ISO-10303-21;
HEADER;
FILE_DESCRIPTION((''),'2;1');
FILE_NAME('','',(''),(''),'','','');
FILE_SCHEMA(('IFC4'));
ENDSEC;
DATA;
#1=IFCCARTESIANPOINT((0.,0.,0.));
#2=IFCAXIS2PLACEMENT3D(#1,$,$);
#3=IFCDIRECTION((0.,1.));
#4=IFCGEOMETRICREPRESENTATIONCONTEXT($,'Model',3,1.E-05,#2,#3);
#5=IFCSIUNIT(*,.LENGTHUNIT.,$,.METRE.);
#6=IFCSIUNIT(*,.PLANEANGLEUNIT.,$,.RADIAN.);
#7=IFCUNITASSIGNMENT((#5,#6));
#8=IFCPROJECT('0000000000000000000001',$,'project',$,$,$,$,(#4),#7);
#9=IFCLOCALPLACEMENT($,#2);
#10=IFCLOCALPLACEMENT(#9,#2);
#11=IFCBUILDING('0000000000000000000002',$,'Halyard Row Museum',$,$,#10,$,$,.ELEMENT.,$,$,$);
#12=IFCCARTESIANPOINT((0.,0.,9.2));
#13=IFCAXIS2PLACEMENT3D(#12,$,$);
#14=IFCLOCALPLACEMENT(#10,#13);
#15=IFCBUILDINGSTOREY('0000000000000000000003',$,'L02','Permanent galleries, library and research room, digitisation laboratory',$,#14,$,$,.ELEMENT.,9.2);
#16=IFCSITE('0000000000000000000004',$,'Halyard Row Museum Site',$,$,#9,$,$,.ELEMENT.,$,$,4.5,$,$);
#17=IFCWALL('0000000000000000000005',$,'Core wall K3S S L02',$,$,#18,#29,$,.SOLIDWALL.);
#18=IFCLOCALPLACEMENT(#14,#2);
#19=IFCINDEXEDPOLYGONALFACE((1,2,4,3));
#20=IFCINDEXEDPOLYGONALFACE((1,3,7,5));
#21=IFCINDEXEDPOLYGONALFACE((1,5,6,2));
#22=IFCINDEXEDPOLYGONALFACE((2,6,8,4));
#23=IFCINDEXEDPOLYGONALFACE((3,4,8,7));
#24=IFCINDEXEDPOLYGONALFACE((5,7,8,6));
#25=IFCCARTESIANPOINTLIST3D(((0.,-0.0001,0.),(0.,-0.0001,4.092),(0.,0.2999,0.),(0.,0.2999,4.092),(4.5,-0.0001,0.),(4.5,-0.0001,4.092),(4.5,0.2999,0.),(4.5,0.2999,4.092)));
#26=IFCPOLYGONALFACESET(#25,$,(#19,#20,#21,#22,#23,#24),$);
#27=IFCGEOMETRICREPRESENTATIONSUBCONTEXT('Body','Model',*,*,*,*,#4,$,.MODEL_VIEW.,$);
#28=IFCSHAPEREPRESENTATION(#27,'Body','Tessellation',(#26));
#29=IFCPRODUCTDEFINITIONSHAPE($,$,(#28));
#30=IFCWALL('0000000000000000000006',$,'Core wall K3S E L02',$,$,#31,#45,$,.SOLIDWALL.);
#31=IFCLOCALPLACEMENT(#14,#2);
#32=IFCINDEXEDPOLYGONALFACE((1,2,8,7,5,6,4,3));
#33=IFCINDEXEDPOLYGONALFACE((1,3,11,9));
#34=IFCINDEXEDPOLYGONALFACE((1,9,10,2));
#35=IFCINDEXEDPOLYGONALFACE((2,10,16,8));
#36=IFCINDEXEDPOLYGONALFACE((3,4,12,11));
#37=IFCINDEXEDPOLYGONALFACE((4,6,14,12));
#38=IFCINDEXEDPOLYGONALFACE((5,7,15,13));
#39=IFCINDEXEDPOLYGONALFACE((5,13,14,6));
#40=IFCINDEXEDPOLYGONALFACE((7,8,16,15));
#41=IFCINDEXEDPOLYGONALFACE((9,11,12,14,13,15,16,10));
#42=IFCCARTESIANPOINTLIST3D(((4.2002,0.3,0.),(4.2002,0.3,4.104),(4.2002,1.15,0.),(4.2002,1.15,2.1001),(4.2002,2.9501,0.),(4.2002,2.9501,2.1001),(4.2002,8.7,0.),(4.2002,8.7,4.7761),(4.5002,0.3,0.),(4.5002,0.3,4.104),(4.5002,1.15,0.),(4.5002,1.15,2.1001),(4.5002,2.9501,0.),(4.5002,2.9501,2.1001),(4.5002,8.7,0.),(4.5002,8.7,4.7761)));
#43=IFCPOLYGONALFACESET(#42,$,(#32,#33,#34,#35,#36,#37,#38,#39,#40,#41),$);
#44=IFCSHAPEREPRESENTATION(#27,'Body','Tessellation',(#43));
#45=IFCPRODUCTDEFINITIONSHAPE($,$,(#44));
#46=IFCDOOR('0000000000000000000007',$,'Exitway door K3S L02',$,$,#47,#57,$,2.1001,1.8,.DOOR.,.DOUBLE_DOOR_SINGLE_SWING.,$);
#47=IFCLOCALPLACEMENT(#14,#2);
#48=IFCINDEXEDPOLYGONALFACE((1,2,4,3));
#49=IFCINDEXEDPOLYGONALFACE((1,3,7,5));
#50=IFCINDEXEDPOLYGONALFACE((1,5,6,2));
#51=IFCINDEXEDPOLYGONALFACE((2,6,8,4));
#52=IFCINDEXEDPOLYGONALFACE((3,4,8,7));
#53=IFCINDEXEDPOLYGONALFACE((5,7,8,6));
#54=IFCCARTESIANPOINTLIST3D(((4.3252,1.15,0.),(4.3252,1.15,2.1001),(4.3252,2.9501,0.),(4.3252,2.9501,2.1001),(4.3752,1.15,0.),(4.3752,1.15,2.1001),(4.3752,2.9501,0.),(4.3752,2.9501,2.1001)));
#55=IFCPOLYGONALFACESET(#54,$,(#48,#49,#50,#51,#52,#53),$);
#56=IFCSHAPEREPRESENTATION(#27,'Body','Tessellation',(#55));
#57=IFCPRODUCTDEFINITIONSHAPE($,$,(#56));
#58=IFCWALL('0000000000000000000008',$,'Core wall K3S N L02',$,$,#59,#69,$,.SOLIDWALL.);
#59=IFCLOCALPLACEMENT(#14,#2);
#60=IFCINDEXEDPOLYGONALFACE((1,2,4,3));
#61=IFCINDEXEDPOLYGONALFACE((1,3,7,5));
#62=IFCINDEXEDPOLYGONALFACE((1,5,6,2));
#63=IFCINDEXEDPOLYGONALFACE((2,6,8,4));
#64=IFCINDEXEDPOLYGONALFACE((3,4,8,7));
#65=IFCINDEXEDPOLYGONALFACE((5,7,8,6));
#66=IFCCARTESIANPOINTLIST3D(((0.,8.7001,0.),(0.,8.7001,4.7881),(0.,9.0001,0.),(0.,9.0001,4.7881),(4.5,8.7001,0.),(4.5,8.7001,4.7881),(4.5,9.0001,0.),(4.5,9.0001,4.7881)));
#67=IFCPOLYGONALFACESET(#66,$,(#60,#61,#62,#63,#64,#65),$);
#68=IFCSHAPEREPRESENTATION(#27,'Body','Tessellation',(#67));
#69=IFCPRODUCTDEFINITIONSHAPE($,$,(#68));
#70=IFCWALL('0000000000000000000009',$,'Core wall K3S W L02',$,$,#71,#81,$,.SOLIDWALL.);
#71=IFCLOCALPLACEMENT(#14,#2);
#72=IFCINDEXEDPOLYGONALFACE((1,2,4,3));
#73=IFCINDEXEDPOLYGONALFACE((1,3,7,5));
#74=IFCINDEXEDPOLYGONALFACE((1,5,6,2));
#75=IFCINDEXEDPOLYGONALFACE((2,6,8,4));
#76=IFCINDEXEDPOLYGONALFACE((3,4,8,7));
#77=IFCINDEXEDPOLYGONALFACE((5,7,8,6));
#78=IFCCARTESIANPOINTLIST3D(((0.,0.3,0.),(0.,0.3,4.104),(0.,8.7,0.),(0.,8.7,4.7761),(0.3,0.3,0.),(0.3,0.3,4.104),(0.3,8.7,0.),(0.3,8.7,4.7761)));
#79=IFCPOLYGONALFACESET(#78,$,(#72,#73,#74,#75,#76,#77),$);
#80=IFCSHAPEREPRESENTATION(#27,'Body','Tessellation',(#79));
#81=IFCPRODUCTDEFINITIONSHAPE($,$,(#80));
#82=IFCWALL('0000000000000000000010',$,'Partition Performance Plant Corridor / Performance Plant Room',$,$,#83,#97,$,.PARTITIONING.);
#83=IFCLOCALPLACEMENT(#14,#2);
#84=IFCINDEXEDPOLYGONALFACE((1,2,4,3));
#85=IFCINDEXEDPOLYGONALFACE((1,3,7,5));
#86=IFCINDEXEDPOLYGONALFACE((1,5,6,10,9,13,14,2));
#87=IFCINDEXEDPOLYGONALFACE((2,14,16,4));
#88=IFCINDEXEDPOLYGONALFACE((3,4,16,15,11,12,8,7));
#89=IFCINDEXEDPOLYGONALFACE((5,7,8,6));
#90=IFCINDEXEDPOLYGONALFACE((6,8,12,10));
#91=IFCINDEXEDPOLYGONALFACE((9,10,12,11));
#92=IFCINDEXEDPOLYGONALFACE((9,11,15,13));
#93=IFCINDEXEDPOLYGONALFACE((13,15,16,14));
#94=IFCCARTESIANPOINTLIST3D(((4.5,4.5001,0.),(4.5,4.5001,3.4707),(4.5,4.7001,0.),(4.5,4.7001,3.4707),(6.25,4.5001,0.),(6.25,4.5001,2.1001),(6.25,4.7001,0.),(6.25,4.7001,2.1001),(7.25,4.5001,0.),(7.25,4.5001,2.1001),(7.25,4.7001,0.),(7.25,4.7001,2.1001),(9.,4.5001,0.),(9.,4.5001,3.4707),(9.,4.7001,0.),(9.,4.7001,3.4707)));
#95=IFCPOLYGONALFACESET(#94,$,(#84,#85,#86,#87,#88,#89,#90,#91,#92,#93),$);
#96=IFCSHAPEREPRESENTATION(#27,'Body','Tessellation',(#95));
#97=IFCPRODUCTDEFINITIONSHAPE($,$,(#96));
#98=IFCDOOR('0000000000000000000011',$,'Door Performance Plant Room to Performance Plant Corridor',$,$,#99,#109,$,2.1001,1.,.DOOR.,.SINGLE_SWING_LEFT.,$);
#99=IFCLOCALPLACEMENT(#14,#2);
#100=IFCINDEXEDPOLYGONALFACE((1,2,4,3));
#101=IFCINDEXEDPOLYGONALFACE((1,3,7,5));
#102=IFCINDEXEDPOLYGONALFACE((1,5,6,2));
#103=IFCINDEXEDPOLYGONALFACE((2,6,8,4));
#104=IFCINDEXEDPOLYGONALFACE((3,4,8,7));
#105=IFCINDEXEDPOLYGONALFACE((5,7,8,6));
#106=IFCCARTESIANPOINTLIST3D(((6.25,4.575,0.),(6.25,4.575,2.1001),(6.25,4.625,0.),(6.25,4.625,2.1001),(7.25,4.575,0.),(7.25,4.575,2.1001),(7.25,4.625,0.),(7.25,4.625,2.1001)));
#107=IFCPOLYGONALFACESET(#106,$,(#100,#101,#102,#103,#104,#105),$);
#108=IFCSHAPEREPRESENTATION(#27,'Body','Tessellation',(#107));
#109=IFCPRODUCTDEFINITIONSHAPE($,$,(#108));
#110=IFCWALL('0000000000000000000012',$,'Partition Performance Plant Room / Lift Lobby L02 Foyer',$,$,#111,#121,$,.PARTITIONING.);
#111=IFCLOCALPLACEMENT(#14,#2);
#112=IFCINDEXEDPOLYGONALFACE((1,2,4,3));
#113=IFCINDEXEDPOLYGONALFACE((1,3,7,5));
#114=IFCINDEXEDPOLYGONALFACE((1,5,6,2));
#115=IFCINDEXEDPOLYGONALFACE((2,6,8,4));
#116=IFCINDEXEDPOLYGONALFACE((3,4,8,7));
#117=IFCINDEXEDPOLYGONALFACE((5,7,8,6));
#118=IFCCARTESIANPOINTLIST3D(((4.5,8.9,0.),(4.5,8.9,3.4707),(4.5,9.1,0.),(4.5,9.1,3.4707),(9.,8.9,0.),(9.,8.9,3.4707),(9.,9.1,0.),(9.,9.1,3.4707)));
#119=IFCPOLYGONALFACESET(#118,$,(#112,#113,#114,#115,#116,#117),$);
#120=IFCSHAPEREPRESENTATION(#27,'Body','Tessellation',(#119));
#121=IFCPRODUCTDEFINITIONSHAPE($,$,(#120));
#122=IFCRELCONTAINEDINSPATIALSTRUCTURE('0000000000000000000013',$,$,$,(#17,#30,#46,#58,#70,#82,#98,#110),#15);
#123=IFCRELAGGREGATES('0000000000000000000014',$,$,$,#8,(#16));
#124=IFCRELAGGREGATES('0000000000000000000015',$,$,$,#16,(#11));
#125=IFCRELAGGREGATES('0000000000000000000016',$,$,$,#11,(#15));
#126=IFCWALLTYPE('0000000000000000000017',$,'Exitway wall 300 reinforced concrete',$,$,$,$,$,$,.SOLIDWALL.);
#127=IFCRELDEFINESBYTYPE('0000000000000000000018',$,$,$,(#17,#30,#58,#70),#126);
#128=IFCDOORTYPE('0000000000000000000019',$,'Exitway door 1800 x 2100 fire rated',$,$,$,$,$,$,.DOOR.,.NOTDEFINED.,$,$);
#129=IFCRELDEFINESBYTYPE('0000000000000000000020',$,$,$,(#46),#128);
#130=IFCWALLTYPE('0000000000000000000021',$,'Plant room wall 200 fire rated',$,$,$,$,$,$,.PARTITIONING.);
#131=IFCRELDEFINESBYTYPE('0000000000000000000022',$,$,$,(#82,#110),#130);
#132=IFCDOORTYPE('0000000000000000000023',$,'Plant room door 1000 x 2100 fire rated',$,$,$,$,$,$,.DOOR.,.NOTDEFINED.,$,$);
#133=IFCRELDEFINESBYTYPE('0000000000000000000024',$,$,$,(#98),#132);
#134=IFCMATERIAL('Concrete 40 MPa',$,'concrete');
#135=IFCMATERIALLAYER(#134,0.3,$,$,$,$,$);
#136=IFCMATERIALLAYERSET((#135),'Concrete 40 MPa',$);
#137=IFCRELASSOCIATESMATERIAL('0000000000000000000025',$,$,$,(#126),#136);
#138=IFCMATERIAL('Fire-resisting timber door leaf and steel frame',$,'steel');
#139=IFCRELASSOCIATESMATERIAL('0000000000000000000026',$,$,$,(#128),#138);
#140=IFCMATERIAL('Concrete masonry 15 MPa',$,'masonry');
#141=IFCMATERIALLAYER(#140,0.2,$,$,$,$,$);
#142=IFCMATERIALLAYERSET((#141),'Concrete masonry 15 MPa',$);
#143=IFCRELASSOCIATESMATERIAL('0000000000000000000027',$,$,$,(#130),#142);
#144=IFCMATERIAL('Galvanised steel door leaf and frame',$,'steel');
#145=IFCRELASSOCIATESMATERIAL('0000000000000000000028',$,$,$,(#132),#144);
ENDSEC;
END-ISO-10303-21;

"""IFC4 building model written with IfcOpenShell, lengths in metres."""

from ifc_helpers import new_model, si_unit, direction, frame, frame_2d, origin, place, context, subcontext, project, spatial, polyline, rectangle, outline, extrude, material, layer, layer_set, type_object, element, fill, save


model = new_model("IFC4")

# Units and contexts
model_context = context("Model", 3, precision=1e-05, world=origin(), true_north=direction((0.0, 1.0)))
body_context = subcontext(model_context, "Body", "Model", "MODEL_VIEW")
ifc_project = project(units=[si_unit("LENGTHUNIT", "METRE"), si_unit("PLANEANGLEUNIT", "RADIAN")], contexts=[model_context])

# Site, building, storey
site_placement = place(None, origin())
site = spatial("IfcSite", under=ifc_project, at=site_placement, Name="Halyard Row Museum Site", CompositionType="ELEMENT", RefElevation=4.5)
building_placement = place(site_placement, origin())
building = spatial("IfcBuilding", under=site, at=building_placement, Name="Halyard Row Museum", CompositionType="ELEMENT")
storey_placement = place(building_placement, frame((0.0, 0.0, 9.2)))
storey = spatial("IfcBuildingStorey", under=building, at=storey_placement, Name="L02", Description="Permanent galleries, library and research room, digitisation laboratory", CompositionType="ELEMENT", Elevation=9.2)

# Wall
ifc_material_1 = material(Name="Concrete 40 MPa", Category="concrete")
ifc_layer_1 = layer(ifc_material_1, 0.3)
ifc_layer_set_1 = layer_set([ifc_layer_1], Name="Concrete 40 MPa")
wall_type_1 = type_object("IfcWallType", Name="Exitway wall 300 reinforced concrete", PredefinedType="SOLIDWALL", material=ifc_layer_set_1)
wall_1_placement = place(storey_placement, frame((0.0, 0.1499, 0.0), z_axis=(0.0, 0.0, 1.0), x_axis=(1.0, 0.0, 0.0)))
element("IfcWall", 1, at=wall_1_placement, inside=storey, type_object=wall_type_1, Name="Core wall K3S S L02", PredefinedType="SOLIDWALL", context=body_context, shape_type="SweptSolid", body=[
    extrude(rectangle(XDim=4.5, YDim=0.3, at=frame_2d((2.25, 0.0))), origin(), (0.0, 0.0, 1.0), 4.092),
])

# Wall, opening, door
wall_2_placement = place(storey_placement, frame((4.3501, 0.3, 0.0), z_axis=(0.0, 0.0, 1.0), x_axis=(0.0, 1.0, 0.0)))
wall_2 = element("IfcWall", 2, at=wall_2_placement, inside=storey, type_object=wall_type_1, Name="Core wall K3S E L02", PredefinedType="SOLIDWALL", context=body_context, shape_type="SweptSolid", body=[
    extrude(outline(polyline([(0.0, 0.0), (8.3999, 0.0), (8.3999, 4.7761), (0.0, 4.104), (0.0, 0.0)])), frame((0.0, 0.1499, 0.0), z_axis=(0.0, -1.0, 0.0), x_axis=(1.0, 0.0, 0.0)), (0.0, 0.0, 1.0), 0.3),
])
opening_1_placement = place(wall_2_placement, frame((0.8501, 0.0, 0.0)))
opening_1 = element("IfcOpeningElement", 3, at=opening_1_placement, cuts=wall_2, PredefinedType="OPENING", context=body_context, shape_type="SweptSolid", body=[
    extrude(rectangle(XDim=1.8, YDim=2.1001, at=frame_2d((0.8999, 1.05))), frame((0.0, 0.1599, 0.0), z_axis=(0.0, -1.0, 0.0), x_axis=(1.0, 0.0, 0.0)), (0.0, 0.0, 1.0), 0.3201),
])
ifc_material_2 = material(Name="Fire-resisting timber door leaf and steel frame", Category="steel")
door_type_1 = type_object("IfcDoorType", Name="Exitway door 1800 x 2100 fire rated", OperationType="NOTDEFINED", PredefinedType="DOOR", material=ifc_material_2)
door_1_placement = place(opening_1_placement, origin())
door_1 = element("IfcDoor", 4, at=door_1_placement, inside=storey, type_object=door_type_1, Name="Exitway door K3S L02", OperationType="DOUBLE_DOOR_SINGLE_SWING", OverallHeight=2.1001, OverallWidth=1.8, PredefinedType="DOOR", context=body_context, shape_type="SweptSolid", body=[
    extrude(rectangle(XDim=1.8, YDim=2.1001, at=frame_2d((0.8999, 1.05))), frame((0.0, 0.0249, 0.0), z_axis=(0.0, -1.0, 0.0), x_axis=(1.0, 0.0, 0.0)), (0.0, 0.0, 1.0), 0.05),
])
fill(opening_1, door_1)

# Walls
wall_3_placement = place(storey_placement, frame((0.0, 8.8501, 0.0), z_axis=(0.0, 0.0, 1.0), x_axis=(1.0, 0.0, 0.0)))
element("IfcWall", 5, at=wall_3_placement, inside=storey, type_object=wall_type_1, Name="Core wall K3S N L02", PredefinedType="SOLIDWALL", context=body_context, shape_type="SweptSolid", body=[
    extrude(rectangle(XDim=4.5, YDim=0.3, at=frame_2d((2.25, 0.0))), origin(), (0.0, 0.0, 1.0), 4.7881),
])
wall_4_placement = place(storey_placement, frame((0.1499, 0.3, 0.0), z_axis=(0.0, 0.0, 1.0), x_axis=(0.0, 1.0, 0.0)))
element("IfcWall", 6, at=wall_4_placement, inside=storey, type_object=wall_type_1, Name="Core wall K3S W L02", PredefinedType="SOLIDWALL", context=body_context, shape_type="SweptSolid", body=[
    extrude(outline(polyline([(0.0, 0.0), (8.3999, 0.0), (8.3999, 4.7761), (0.0, 4.104), (0.0, 0.0)])), frame((0.0, 0.1499, 0.0), z_axis=(0.0, -1.0, 0.0), x_axis=(1.0, 0.0, 0.0)), (0.0, 0.0, 1.0), 0.3),
])

# Wall, opening, door
ifc_material_3 = material(Name="Concrete masonry 15 MPa", Category="masonry")
ifc_layer_2 = layer(ifc_material_3, 0.2)
ifc_layer_set_2 = layer_set([ifc_layer_2], Name="Concrete masonry 15 MPa")
wall_type_2 = type_object("IfcWallType", Name="Plant room wall 200 fire rated", PredefinedType="PARTITIONING", material=ifc_layer_set_2)
wall_5_placement = place(storey_placement, frame((4.5, 4.6001, 0.0), z_axis=(0.0, 0.0, 1.0), x_axis=(1.0, 0.0, 0.0)))
wall_5 = element("IfcWall", 7, at=wall_5_placement, inside=storey, type_object=wall_type_2, Name="Partition Performance Plant Corridor / Performance Plant Room", PredefinedType="PARTITIONING", context=body_context, shape_type="SweptSolid", body=[
    extrude(rectangle(XDim=4.5, YDim=0.2, at=frame_2d((2.25, 0.0))), origin(), (0.0, 0.0, 1.0), 3.4707),
])
opening_2_placement = place(wall_5_placement, frame((1.75, 0.0, 0.0)))
opening_2 = element("IfcOpeningElement", 8, at=opening_2_placement, cuts=wall_5, PredefinedType="OPENING", context=body_context, shape_type="SweptSolid", body=[
    extrude(rectangle(XDim=1.0, YDim=2.1001, at=frame_2d((0.5, 1.05))), frame((0.0, 0.1099, 0.0), z_axis=(0.0, -1.0, 0.0), x_axis=(1.0, 0.0, 0.0)), (0.0, 0.0, 1.0), 0.22),
])
ifc_material_4 = material(Name="Galvanised steel door leaf and frame", Category="steel")
door_type_2 = type_object("IfcDoorType", Name="Plant room door 1000 x 2100 fire rated", OperationType="NOTDEFINED", PredefinedType="DOOR", material=ifc_material_4)
door_2_placement = place(opening_2_placement, origin())
door_2 = element("IfcDoor", 9, at=door_2_placement, inside=storey, type_object=door_type_2, Name="Door Performance Plant Room to Performance Plant Corridor", OperationType="SINGLE_SWING_LEFT", OverallHeight=2.1001, OverallWidth=1.0, PredefinedType="DOOR", context=body_context, shape_type="SweptSolid", body=[
    extrude(rectangle(XDim=1.0, YDim=2.1001, at=frame_2d((0.5, 1.05))), frame((0.0, 0.0249, 0.0), z_axis=(0.0, -1.0, 0.0), x_axis=(1.0, 0.0, 0.0)), (0.0, 0.0, 1.0), 0.05),
])
fill(opening_2, door_2)

# Wall
wall_6_placement = place(storey_placement, frame((4.5, 9.0, 0.0), z_axis=(0.0, 0.0, 1.0), x_axis=(1.0, 0.0, 0.0)))
element("IfcWall", 10, at=wall_6_placement, inside=storey, type_object=wall_type_2, Name="Partition Performance Plant Room / Lift Lobby L02 Foyer", PredefinedType="PARTITIONING", context=body_context, shape_type="SweptSolid", body=[
    extrude(rectangle(XDim=4.5, YDim=0.2, at=frame_2d((2.25, 0.0))), origin(), (0.0, 0.0, 1.0), 3.4707),
])

save(model, "model.ifc")
